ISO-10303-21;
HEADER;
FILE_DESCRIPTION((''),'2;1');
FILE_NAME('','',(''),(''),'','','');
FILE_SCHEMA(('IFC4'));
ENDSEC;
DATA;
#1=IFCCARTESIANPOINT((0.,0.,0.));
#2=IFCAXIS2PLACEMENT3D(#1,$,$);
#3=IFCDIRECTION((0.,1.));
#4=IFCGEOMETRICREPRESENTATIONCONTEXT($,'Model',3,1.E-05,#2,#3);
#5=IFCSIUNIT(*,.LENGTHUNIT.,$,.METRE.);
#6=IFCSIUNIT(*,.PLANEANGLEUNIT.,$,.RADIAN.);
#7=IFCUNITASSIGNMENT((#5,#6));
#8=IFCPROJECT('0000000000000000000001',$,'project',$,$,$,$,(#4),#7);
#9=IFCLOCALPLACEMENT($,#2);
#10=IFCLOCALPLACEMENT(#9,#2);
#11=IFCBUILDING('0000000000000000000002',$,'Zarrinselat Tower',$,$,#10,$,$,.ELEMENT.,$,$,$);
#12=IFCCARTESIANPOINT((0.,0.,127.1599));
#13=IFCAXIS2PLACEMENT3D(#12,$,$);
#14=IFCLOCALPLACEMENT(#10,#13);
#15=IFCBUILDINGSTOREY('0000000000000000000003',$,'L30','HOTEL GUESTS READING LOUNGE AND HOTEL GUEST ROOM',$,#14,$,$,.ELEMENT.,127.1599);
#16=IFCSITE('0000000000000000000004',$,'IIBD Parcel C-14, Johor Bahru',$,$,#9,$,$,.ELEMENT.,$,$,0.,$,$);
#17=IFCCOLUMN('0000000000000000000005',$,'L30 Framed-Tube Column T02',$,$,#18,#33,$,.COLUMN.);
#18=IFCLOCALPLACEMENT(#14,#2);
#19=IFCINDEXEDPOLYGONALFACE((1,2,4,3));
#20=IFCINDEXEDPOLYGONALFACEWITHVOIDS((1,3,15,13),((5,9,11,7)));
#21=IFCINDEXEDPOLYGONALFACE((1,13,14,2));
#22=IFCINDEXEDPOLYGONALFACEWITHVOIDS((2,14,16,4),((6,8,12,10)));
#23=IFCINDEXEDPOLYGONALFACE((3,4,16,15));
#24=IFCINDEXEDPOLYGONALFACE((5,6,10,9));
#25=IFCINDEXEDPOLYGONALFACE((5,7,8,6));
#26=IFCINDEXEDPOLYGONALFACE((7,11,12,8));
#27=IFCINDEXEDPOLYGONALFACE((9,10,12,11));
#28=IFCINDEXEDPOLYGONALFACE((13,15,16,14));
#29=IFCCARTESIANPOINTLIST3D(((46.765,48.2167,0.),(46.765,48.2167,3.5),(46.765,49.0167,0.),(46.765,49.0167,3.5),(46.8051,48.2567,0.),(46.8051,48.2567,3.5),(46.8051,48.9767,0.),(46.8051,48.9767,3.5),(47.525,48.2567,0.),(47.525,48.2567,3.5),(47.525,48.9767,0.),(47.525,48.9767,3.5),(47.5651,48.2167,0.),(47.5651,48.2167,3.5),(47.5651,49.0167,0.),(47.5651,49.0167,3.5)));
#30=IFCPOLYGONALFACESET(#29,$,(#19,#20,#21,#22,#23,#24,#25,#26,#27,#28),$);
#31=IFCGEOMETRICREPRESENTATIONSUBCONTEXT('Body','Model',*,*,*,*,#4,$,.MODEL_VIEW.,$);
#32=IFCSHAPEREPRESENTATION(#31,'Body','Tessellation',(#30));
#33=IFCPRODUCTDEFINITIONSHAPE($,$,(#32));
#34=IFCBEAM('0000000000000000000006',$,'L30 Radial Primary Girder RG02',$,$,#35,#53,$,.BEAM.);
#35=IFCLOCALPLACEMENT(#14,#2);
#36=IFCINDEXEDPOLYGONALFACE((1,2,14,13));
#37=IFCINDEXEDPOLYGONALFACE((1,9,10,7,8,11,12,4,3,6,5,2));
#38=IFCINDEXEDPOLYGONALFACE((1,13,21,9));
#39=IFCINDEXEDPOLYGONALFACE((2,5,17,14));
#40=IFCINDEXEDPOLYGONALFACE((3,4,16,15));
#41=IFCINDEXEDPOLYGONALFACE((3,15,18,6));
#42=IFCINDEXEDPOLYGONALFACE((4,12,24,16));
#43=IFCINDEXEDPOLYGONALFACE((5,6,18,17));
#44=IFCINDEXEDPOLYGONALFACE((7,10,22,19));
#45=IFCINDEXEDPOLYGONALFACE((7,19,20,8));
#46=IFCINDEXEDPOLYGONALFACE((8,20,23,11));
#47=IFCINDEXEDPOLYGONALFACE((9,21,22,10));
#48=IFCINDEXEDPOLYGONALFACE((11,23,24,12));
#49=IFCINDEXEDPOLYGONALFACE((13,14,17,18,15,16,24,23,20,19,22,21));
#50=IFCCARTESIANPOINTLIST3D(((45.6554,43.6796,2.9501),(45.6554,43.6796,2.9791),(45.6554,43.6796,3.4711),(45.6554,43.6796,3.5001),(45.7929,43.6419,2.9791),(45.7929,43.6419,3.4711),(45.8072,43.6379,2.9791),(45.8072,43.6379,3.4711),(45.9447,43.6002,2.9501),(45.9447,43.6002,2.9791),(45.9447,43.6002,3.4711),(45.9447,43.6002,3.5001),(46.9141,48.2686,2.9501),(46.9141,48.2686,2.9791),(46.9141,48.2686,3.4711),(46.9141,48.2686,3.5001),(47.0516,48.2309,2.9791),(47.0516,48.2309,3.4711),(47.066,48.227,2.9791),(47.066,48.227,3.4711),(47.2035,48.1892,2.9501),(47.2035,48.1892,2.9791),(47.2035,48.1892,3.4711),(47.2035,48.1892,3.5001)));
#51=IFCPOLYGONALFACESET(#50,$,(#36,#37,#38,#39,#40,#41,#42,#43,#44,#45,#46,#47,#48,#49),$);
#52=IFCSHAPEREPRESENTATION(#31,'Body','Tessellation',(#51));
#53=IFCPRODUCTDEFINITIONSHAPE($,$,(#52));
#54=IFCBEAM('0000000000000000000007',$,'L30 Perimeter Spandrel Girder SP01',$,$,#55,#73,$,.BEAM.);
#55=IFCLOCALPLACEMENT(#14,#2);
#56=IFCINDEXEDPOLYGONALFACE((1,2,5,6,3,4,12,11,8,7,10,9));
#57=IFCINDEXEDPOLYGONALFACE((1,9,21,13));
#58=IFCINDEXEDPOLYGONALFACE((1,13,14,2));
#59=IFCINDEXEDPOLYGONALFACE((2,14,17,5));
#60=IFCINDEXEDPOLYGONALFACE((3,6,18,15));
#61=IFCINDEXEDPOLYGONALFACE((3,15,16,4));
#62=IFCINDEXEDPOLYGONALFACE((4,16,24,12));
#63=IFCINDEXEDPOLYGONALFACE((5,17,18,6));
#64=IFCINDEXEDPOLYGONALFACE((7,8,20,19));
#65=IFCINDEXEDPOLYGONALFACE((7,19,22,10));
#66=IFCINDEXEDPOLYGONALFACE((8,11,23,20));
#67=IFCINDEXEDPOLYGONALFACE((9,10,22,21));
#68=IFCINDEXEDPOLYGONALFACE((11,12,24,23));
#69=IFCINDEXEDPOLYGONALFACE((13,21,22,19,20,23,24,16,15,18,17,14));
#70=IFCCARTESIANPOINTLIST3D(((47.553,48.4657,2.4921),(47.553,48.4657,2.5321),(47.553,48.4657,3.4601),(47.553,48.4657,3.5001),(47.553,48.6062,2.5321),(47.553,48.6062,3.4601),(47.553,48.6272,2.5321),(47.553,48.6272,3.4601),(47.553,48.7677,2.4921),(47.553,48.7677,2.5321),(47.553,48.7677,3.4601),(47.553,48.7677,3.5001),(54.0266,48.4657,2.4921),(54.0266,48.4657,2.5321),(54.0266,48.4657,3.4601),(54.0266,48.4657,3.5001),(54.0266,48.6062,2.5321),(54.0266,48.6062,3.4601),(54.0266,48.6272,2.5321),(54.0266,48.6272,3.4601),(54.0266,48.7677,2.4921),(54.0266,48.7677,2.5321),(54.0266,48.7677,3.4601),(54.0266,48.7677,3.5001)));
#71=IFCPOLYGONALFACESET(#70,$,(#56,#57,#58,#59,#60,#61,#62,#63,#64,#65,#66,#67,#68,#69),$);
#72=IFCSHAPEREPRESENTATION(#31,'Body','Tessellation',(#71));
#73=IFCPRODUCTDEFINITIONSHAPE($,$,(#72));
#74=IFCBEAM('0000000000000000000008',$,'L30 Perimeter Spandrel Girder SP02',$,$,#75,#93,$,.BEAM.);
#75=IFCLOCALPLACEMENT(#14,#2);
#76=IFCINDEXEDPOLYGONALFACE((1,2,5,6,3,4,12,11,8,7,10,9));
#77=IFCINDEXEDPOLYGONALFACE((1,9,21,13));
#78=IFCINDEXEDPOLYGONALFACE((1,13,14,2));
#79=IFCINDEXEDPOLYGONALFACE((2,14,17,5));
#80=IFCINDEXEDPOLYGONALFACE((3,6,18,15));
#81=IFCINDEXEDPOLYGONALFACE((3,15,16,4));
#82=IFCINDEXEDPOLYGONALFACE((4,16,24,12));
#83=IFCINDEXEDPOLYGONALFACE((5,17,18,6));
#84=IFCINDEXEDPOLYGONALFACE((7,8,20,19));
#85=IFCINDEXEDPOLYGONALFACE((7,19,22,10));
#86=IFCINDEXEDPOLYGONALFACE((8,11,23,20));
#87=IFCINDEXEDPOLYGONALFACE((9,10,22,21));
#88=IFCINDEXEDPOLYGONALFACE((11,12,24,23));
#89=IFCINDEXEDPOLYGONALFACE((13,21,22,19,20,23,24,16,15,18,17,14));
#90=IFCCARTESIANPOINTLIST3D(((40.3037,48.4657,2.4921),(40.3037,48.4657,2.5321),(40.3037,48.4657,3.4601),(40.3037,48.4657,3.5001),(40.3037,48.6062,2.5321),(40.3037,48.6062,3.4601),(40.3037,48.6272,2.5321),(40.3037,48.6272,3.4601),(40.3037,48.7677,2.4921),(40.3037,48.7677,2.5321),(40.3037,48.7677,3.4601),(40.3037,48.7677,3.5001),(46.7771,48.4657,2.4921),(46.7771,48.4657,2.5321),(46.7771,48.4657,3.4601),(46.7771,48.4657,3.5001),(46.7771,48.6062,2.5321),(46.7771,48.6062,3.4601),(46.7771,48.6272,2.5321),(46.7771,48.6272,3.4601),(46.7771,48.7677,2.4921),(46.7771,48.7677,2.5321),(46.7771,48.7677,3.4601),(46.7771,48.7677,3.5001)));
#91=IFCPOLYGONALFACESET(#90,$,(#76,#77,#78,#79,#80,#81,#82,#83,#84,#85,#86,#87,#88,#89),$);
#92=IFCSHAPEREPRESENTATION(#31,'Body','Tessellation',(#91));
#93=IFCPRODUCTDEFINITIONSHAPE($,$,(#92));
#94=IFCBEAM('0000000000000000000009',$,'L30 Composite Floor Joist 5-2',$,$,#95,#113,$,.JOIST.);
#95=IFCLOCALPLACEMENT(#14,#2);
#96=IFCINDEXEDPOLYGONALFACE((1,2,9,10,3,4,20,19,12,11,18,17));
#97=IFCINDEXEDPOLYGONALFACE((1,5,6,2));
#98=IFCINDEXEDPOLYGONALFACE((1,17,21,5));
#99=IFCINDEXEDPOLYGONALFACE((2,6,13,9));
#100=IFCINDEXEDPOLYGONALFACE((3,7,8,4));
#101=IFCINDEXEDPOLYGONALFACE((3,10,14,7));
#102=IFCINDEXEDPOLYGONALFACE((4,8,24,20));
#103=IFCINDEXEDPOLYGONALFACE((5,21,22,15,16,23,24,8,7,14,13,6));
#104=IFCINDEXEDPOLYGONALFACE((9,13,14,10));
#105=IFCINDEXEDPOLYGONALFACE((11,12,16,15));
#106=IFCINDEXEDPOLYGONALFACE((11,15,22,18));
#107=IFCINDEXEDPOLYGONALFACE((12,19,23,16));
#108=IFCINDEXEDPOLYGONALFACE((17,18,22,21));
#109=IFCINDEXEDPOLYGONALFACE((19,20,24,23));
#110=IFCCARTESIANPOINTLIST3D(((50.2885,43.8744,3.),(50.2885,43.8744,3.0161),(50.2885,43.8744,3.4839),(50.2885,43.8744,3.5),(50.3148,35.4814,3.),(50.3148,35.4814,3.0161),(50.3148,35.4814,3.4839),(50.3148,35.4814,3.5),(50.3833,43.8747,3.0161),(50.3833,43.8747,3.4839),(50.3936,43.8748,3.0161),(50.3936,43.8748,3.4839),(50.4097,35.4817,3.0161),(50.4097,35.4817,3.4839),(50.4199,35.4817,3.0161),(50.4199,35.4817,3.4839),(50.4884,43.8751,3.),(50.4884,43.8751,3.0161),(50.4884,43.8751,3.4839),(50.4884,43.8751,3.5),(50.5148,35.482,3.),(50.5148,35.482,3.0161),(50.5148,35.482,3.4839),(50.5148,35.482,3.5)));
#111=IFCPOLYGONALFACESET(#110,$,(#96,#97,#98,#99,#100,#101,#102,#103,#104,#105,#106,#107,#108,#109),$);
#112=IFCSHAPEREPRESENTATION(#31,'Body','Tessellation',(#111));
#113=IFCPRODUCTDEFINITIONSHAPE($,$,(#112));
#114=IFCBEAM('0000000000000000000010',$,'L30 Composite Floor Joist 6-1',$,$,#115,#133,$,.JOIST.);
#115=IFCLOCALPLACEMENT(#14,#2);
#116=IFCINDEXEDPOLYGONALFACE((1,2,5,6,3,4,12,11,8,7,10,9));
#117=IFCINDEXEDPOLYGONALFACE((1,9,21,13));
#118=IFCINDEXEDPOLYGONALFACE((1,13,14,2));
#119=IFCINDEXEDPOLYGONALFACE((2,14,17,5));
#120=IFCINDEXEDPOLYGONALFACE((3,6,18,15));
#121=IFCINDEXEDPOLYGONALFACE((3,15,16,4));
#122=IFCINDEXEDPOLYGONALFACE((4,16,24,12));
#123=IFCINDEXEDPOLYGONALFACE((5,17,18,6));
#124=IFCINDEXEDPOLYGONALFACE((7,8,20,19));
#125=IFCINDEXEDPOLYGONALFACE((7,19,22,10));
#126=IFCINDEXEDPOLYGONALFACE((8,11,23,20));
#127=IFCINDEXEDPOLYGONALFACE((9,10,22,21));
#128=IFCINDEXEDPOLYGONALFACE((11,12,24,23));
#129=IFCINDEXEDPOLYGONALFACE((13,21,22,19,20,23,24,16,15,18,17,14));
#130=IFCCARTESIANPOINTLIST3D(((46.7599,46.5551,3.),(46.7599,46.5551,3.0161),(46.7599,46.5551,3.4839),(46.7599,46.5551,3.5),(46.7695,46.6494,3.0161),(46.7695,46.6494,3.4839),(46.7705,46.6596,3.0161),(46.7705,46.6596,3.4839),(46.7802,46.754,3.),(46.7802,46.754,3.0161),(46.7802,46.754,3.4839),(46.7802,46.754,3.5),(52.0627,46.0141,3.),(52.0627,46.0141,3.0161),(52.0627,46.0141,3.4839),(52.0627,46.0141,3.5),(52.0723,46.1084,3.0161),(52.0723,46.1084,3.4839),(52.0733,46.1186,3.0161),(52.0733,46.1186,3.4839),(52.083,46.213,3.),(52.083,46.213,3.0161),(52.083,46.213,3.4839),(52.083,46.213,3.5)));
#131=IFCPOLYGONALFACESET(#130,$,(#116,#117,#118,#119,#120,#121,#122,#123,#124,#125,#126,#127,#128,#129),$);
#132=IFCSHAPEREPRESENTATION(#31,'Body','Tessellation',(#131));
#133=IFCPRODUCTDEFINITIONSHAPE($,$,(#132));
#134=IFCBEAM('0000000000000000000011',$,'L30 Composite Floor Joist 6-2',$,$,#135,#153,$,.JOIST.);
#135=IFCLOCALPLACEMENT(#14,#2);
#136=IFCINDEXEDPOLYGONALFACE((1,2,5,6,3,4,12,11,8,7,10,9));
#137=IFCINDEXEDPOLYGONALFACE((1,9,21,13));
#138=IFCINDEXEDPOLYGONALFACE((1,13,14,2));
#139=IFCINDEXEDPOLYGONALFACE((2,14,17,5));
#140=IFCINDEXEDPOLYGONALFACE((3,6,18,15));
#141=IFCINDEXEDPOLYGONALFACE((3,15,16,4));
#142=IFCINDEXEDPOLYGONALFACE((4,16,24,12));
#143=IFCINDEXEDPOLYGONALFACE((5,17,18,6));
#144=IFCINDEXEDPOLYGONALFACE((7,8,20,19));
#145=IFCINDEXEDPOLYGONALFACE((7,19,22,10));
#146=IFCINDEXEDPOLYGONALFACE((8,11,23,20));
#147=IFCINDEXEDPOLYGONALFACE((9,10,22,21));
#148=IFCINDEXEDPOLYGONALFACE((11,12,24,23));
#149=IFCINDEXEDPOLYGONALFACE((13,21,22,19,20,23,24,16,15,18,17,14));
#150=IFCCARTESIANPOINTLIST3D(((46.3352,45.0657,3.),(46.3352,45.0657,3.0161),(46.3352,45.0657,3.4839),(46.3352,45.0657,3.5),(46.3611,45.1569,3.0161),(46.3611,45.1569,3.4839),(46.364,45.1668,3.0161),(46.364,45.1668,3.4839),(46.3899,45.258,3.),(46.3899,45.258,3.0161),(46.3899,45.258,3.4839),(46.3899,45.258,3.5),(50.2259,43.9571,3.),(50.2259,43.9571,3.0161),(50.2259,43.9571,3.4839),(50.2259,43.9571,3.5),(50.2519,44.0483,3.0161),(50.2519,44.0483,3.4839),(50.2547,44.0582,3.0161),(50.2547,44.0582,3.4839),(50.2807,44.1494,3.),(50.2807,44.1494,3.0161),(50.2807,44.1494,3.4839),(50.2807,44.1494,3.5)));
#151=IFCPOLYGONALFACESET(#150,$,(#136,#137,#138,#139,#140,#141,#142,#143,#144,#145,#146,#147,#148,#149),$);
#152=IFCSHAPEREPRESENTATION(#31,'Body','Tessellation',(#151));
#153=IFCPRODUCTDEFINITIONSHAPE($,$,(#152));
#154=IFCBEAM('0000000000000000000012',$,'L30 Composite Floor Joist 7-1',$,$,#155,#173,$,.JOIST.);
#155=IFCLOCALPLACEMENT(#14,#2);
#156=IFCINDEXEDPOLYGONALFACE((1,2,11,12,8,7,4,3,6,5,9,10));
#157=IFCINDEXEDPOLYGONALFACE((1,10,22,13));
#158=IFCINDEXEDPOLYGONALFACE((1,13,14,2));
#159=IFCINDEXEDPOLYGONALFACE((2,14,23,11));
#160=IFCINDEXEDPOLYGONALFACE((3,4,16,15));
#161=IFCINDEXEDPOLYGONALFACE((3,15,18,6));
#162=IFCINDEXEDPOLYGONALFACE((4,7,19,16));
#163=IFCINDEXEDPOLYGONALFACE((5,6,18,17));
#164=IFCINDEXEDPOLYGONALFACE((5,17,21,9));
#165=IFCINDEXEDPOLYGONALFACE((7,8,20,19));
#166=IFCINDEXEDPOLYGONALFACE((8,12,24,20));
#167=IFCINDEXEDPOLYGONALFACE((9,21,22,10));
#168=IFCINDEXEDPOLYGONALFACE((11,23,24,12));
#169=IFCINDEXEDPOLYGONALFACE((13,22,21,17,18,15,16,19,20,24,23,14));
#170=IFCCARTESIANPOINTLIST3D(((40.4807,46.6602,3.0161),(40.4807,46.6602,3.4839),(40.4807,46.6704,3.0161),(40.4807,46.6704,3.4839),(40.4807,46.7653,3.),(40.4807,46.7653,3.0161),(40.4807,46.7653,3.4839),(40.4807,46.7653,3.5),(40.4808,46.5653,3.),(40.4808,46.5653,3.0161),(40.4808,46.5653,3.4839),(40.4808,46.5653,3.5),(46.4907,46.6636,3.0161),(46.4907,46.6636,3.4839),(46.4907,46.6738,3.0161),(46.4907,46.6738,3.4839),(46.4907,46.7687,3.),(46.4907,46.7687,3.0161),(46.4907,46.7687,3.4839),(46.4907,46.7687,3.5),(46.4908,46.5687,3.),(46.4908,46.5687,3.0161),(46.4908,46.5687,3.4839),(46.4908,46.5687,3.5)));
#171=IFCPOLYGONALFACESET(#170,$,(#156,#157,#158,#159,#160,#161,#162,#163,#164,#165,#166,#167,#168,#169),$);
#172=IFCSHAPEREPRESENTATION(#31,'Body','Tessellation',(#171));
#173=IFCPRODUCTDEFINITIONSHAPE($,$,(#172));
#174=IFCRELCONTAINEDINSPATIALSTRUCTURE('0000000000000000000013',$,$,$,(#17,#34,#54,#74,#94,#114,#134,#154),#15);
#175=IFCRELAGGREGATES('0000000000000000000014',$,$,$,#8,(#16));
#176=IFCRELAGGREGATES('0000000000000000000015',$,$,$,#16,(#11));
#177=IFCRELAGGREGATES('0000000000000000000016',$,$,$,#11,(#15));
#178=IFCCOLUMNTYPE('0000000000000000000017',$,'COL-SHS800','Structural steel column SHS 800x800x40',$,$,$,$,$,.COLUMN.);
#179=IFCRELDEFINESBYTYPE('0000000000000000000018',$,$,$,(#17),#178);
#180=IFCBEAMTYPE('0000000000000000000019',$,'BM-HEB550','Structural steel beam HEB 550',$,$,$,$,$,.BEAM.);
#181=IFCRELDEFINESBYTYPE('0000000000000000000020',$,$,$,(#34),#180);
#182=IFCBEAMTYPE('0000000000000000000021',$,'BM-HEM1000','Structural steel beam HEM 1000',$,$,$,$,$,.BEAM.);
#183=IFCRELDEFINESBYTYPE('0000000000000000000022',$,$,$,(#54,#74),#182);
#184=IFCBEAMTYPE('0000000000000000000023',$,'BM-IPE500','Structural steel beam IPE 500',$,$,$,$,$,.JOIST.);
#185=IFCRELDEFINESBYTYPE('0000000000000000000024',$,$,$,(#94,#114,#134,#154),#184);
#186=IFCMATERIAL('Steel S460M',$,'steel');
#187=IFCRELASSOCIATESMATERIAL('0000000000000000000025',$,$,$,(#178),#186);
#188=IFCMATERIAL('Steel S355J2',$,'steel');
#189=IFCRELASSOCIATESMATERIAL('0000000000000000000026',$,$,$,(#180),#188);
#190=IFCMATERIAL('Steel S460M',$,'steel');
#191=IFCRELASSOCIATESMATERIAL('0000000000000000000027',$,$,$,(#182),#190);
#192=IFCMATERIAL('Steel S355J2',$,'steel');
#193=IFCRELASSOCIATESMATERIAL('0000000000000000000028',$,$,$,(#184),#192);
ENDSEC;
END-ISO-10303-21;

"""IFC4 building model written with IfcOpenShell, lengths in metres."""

from ifc_helpers import new_model, si_unit, direction, frame, origin, origin_2d, place, context, subcontext, project, spatial, hollow_rectangle, i_section, extrude, material, material_profile, profile_set, type_object, element, save


model = new_model("IFC4")

# Units and contexts
model_context = context("Model", 3, precision=1e-05, world=origin(), true_north=direction((0.0, 1.0)))
body_context = subcontext(model_context, "Body", "Model", "MODEL_VIEW")
ifc_project = project(units=[si_unit("LENGTHUNIT", "METRE"), si_unit("PLANEANGLEUNIT", "RADIAN")], contexts=[model_context])

# Site, building, storey
site_placement = place(None, origin())
site = spatial("IfcSite", under=ifc_project, at=site_placement, Name="IIBD Parcel C-14, Johor Bahru", CompositionType="ELEMENT", RefElevation=0.0)
building_placement = place(site_placement, origin())
building = spatial("IfcBuilding", under=site, at=building_placement, Name="Zarrinselat Tower", CompositionType="ELEMENT")
storey_placement = place(building_placement, frame((0.0, 0.0, 127.1599)))
storey = spatial("IfcBuildingStorey", under=building, at=storey_placement, Name="L30", Description="HOTEL GUESTS READING LOUNGE AND HOTEL GUEST ROOM", CompositionType="ELEMENT", Elevation=127.1599)

# Column
ifc_material_1 = material(Name="Steel S460M", Category="steel")
ifc_material_profile_1 = material_profile(ifc_material_1, hollow_rectangle(XDim=0.8, YDim=0.8, WallThickness=0.04, at=origin_2d()), Name="SHS 800x800x40")
ifc_profile_set_1 = profile_set([ifc_material_profile_1], Name="Steel S460M")
column_type = type_object("IfcColumnType", Name="COL-SHS800", Description="Structural steel column SHS 800x800x40", PredefinedType="COLUMN", material=ifc_profile_set_1)
column_placement = place(storey_placement, frame((47.165, 48.6167, 0.0), z_axis=(0.0, 0.0, 1.0), x_axis=(1.0, 0.0, 0.0)))
element("IfcColumn", 1, at=column_placement, inside=storey, type_object=column_type, Name="L30 Framed-Tube Column T02", PredefinedType="COLUMN", context=body_context, shape_type="SweptSolid", body=[
    extrude(hollow_rectangle(XDim=0.8, YDim=0.8, WallThickness=0.04, at=origin_2d()), origin(), (0.0, 0.0, 1.0), 3.5),
])

# Beams
ifc_material_2 = material(Name="Steel S355J2", Category="steel")
ifc_material_profile_2 = material_profile(ifc_material_2, i_section(OverallWidth=0.3, OverallDepth=0.55, WebThickness=0.0149, FlangeThickness=0.0291, at=origin_2d()), Name="HEB 550")
ifc_profile_set_2 = profile_set([ifc_material_profile_2], Name="Steel S355J2")
beam_type_1 = type_object("IfcBeamType", Name="BM-HEB550", Description="Structural steel beam HEB 550", PredefinedType="BEAM", material=ifc_profile_set_2)
beam_1_placement = place(storey_placement, frame((45.8, 43.6399, 3.2251), z_axis=(0.264528, 0.964378, 0.0), x_axis=(-0.964378, 0.264528, 0.0)))
element("IfcBeam", 2, at=beam_1_placement, inside=storey, type_object=beam_type_1, Name="L30 Radial Primary Girder RG02", PredefinedType="BEAM", context=body_context, shape_type="SweptSolid", body=[
    extrude(i_section(OverallWidth=0.3, OverallDepth=0.55, WebThickness=0.0149, FlangeThickness=0.0291, at=origin_2d()), origin(), (0.0, 0.0, 1.0), 4.7585),
])
ifc_material_3 = material(Name="Steel S460M", Category="steel")
ifc_material_profile_3 = material_profile(ifc_material_3, i_section(OverallWidth=0.302, OverallDepth=1.0081, WebThickness=0.021, FlangeThickness=0.04, at=origin_2d()), Name="HEM 1000")
ifc_profile_set_3 = profile_set([ifc_material_profile_3], Name="Steel S460M")
beam_type_2 = type_object("IfcBeamType", Name="BM-HEM1000", Description="Structural steel beam HEM 1000", PredefinedType="BEAM", material=ifc_profile_set_3)
beam_2_placement = place(storey_placement, frame((47.553, 48.6167, 2.9961), z_axis=(1.0, 0.0, 0.0), x_axis=(0.0, 1.0, 0.0)))
element("IfcBeam", 3, at=beam_2_placement, inside=storey, type_object=beam_type_2, Name="L30 Perimeter Spandrel Girder SP01", PredefinedType="BEAM", context=body_context, shape_type="SweptSolid", body=[
    extrude(i_section(OverallWidth=0.302, OverallDepth=1.0081, WebThickness=0.021, FlangeThickness=0.04, at=origin_2d()), origin(), (0.0, 0.0, 1.0), 6.4736),
])
beam_3_placement = place(storey_placement, frame((40.3037, 48.6167, 2.9961), z_axis=(1.0, 0.0, 0.0), x_axis=(0.0, 1.0, 0.0)))
element("IfcBeam", 4, at=beam_3_placement, inside=storey, type_object=beam_type_2, Name="L30 Perimeter Spandrel Girder SP02", PredefinedType="BEAM", context=body_context, shape_type="SweptSolid", body=[
    extrude(i_section(OverallWidth=0.302, OverallDepth=1.0081, WebThickness=0.021, FlangeThickness=0.04, at=origin_2d()), origin(), (0.0, 0.0, 1.0), 6.4734),
])
ifc_material_4 = material(Name="Steel S355J2", Category="steel")
ifc_material_profile_4 = material_profile(ifc_material_4, i_section(OverallWidth=0.2, OverallDepth=0.5, WebThickness=0.0103, FlangeThickness=0.0161, at=origin_2d()), Name="IPE 500")
ifc_profile_set_4 = profile_set([ifc_material_profile_4], Name="Steel S355J2")
beam_type_3 = type_object("IfcBeamType", Name="BM-IPE500", Description="Structural steel beam IPE 500", PredefinedType="JOIST", material=ifc_profile_set_4)
beam_4_placement = place(storey_placement, frame((50.3884, 43.8748, 3.25), z_axis=(0.003142, -0.999995, 0.0), x_axis=(0.999995, 0.003142, 0.0)))
element("IfcBeam", 5, at=beam_4_placement, inside=storey, type_object=beam_type_3, Name="L30 Composite Floor Joist 5-2", PredefinedType="JOIST", context=body_context, shape_type="SweptSolid", body=[
    extrude(i_section(OverallWidth=0.2, OverallDepth=0.5, WebThickness=0.0103, FlangeThickness=0.0161, at=origin_2d()), origin(), (0.0, 0.0, 1.0), 8.3931),
])
beam_5_placement = place(storey_placement, frame((46.77, 46.6545, 3.25), z_axis=(0.994836, -0.101499, 0.0), x_axis=(0.101499, 0.994836, 0.0)))
element("IfcBeam", 6, at=beam_5_placement, inside=storey, type_object=beam_type_3, Name="L30 Composite Floor Joist 6-1", PredefinedType="JOIST", context=body_context, shape_type="SweptSolid", body=[
    extrude(i_section(OverallWidth=0.2, OverallDepth=0.5, WebThickness=0.0103, FlangeThickness=0.0161, at=origin_2d()), origin(), (0.0, 0.0, 1.0), 5.3303),
])
beam_6_placement = place(storey_placement, frame((46.3625, 45.1619, 3.25), z_axis=(0.961722, -0.274028, 0.0), x_axis=(0.274028, 0.961722, 0.0)))
element("IfcBeam", 7, at=beam_6_placement, inside=storey, type_object=beam_type_3, Name="L30 Composite Floor Joist 6-2", PredefinedType="JOIST", context=body_context, shape_type="SweptSolid", body=[
    extrude(i_section(OverallWidth=0.2, OverallDepth=0.5, WebThickness=0.0103, FlangeThickness=0.0161, at=origin_2d()), origin(), (0.0, 0.0, 1.0), 4.0457),
])
beam_7_placement = place(storey_placement, frame((40.4807, 46.6653, 3.25), z_axis=(1.0, 0.000569, 0.0), x_axis=(-0.000569, 1.0, 0.0)))
element("IfcBeam", 8, at=beam_7_placement, inside=storey, type_object=beam_type_3, Name="L30 Composite Floor Joist 7-1", PredefinedType="JOIST", context=body_context, shape_type="SweptSolid", body=[
    extrude(i_section(OverallWidth=0.2, OverallDepth=0.5, WebThickness=0.0103, FlangeThickness=0.0161, at=origin_2d()), origin(), (0.0, 0.0, 1.0), 6.01),
])

save(model, "model.ifc")
